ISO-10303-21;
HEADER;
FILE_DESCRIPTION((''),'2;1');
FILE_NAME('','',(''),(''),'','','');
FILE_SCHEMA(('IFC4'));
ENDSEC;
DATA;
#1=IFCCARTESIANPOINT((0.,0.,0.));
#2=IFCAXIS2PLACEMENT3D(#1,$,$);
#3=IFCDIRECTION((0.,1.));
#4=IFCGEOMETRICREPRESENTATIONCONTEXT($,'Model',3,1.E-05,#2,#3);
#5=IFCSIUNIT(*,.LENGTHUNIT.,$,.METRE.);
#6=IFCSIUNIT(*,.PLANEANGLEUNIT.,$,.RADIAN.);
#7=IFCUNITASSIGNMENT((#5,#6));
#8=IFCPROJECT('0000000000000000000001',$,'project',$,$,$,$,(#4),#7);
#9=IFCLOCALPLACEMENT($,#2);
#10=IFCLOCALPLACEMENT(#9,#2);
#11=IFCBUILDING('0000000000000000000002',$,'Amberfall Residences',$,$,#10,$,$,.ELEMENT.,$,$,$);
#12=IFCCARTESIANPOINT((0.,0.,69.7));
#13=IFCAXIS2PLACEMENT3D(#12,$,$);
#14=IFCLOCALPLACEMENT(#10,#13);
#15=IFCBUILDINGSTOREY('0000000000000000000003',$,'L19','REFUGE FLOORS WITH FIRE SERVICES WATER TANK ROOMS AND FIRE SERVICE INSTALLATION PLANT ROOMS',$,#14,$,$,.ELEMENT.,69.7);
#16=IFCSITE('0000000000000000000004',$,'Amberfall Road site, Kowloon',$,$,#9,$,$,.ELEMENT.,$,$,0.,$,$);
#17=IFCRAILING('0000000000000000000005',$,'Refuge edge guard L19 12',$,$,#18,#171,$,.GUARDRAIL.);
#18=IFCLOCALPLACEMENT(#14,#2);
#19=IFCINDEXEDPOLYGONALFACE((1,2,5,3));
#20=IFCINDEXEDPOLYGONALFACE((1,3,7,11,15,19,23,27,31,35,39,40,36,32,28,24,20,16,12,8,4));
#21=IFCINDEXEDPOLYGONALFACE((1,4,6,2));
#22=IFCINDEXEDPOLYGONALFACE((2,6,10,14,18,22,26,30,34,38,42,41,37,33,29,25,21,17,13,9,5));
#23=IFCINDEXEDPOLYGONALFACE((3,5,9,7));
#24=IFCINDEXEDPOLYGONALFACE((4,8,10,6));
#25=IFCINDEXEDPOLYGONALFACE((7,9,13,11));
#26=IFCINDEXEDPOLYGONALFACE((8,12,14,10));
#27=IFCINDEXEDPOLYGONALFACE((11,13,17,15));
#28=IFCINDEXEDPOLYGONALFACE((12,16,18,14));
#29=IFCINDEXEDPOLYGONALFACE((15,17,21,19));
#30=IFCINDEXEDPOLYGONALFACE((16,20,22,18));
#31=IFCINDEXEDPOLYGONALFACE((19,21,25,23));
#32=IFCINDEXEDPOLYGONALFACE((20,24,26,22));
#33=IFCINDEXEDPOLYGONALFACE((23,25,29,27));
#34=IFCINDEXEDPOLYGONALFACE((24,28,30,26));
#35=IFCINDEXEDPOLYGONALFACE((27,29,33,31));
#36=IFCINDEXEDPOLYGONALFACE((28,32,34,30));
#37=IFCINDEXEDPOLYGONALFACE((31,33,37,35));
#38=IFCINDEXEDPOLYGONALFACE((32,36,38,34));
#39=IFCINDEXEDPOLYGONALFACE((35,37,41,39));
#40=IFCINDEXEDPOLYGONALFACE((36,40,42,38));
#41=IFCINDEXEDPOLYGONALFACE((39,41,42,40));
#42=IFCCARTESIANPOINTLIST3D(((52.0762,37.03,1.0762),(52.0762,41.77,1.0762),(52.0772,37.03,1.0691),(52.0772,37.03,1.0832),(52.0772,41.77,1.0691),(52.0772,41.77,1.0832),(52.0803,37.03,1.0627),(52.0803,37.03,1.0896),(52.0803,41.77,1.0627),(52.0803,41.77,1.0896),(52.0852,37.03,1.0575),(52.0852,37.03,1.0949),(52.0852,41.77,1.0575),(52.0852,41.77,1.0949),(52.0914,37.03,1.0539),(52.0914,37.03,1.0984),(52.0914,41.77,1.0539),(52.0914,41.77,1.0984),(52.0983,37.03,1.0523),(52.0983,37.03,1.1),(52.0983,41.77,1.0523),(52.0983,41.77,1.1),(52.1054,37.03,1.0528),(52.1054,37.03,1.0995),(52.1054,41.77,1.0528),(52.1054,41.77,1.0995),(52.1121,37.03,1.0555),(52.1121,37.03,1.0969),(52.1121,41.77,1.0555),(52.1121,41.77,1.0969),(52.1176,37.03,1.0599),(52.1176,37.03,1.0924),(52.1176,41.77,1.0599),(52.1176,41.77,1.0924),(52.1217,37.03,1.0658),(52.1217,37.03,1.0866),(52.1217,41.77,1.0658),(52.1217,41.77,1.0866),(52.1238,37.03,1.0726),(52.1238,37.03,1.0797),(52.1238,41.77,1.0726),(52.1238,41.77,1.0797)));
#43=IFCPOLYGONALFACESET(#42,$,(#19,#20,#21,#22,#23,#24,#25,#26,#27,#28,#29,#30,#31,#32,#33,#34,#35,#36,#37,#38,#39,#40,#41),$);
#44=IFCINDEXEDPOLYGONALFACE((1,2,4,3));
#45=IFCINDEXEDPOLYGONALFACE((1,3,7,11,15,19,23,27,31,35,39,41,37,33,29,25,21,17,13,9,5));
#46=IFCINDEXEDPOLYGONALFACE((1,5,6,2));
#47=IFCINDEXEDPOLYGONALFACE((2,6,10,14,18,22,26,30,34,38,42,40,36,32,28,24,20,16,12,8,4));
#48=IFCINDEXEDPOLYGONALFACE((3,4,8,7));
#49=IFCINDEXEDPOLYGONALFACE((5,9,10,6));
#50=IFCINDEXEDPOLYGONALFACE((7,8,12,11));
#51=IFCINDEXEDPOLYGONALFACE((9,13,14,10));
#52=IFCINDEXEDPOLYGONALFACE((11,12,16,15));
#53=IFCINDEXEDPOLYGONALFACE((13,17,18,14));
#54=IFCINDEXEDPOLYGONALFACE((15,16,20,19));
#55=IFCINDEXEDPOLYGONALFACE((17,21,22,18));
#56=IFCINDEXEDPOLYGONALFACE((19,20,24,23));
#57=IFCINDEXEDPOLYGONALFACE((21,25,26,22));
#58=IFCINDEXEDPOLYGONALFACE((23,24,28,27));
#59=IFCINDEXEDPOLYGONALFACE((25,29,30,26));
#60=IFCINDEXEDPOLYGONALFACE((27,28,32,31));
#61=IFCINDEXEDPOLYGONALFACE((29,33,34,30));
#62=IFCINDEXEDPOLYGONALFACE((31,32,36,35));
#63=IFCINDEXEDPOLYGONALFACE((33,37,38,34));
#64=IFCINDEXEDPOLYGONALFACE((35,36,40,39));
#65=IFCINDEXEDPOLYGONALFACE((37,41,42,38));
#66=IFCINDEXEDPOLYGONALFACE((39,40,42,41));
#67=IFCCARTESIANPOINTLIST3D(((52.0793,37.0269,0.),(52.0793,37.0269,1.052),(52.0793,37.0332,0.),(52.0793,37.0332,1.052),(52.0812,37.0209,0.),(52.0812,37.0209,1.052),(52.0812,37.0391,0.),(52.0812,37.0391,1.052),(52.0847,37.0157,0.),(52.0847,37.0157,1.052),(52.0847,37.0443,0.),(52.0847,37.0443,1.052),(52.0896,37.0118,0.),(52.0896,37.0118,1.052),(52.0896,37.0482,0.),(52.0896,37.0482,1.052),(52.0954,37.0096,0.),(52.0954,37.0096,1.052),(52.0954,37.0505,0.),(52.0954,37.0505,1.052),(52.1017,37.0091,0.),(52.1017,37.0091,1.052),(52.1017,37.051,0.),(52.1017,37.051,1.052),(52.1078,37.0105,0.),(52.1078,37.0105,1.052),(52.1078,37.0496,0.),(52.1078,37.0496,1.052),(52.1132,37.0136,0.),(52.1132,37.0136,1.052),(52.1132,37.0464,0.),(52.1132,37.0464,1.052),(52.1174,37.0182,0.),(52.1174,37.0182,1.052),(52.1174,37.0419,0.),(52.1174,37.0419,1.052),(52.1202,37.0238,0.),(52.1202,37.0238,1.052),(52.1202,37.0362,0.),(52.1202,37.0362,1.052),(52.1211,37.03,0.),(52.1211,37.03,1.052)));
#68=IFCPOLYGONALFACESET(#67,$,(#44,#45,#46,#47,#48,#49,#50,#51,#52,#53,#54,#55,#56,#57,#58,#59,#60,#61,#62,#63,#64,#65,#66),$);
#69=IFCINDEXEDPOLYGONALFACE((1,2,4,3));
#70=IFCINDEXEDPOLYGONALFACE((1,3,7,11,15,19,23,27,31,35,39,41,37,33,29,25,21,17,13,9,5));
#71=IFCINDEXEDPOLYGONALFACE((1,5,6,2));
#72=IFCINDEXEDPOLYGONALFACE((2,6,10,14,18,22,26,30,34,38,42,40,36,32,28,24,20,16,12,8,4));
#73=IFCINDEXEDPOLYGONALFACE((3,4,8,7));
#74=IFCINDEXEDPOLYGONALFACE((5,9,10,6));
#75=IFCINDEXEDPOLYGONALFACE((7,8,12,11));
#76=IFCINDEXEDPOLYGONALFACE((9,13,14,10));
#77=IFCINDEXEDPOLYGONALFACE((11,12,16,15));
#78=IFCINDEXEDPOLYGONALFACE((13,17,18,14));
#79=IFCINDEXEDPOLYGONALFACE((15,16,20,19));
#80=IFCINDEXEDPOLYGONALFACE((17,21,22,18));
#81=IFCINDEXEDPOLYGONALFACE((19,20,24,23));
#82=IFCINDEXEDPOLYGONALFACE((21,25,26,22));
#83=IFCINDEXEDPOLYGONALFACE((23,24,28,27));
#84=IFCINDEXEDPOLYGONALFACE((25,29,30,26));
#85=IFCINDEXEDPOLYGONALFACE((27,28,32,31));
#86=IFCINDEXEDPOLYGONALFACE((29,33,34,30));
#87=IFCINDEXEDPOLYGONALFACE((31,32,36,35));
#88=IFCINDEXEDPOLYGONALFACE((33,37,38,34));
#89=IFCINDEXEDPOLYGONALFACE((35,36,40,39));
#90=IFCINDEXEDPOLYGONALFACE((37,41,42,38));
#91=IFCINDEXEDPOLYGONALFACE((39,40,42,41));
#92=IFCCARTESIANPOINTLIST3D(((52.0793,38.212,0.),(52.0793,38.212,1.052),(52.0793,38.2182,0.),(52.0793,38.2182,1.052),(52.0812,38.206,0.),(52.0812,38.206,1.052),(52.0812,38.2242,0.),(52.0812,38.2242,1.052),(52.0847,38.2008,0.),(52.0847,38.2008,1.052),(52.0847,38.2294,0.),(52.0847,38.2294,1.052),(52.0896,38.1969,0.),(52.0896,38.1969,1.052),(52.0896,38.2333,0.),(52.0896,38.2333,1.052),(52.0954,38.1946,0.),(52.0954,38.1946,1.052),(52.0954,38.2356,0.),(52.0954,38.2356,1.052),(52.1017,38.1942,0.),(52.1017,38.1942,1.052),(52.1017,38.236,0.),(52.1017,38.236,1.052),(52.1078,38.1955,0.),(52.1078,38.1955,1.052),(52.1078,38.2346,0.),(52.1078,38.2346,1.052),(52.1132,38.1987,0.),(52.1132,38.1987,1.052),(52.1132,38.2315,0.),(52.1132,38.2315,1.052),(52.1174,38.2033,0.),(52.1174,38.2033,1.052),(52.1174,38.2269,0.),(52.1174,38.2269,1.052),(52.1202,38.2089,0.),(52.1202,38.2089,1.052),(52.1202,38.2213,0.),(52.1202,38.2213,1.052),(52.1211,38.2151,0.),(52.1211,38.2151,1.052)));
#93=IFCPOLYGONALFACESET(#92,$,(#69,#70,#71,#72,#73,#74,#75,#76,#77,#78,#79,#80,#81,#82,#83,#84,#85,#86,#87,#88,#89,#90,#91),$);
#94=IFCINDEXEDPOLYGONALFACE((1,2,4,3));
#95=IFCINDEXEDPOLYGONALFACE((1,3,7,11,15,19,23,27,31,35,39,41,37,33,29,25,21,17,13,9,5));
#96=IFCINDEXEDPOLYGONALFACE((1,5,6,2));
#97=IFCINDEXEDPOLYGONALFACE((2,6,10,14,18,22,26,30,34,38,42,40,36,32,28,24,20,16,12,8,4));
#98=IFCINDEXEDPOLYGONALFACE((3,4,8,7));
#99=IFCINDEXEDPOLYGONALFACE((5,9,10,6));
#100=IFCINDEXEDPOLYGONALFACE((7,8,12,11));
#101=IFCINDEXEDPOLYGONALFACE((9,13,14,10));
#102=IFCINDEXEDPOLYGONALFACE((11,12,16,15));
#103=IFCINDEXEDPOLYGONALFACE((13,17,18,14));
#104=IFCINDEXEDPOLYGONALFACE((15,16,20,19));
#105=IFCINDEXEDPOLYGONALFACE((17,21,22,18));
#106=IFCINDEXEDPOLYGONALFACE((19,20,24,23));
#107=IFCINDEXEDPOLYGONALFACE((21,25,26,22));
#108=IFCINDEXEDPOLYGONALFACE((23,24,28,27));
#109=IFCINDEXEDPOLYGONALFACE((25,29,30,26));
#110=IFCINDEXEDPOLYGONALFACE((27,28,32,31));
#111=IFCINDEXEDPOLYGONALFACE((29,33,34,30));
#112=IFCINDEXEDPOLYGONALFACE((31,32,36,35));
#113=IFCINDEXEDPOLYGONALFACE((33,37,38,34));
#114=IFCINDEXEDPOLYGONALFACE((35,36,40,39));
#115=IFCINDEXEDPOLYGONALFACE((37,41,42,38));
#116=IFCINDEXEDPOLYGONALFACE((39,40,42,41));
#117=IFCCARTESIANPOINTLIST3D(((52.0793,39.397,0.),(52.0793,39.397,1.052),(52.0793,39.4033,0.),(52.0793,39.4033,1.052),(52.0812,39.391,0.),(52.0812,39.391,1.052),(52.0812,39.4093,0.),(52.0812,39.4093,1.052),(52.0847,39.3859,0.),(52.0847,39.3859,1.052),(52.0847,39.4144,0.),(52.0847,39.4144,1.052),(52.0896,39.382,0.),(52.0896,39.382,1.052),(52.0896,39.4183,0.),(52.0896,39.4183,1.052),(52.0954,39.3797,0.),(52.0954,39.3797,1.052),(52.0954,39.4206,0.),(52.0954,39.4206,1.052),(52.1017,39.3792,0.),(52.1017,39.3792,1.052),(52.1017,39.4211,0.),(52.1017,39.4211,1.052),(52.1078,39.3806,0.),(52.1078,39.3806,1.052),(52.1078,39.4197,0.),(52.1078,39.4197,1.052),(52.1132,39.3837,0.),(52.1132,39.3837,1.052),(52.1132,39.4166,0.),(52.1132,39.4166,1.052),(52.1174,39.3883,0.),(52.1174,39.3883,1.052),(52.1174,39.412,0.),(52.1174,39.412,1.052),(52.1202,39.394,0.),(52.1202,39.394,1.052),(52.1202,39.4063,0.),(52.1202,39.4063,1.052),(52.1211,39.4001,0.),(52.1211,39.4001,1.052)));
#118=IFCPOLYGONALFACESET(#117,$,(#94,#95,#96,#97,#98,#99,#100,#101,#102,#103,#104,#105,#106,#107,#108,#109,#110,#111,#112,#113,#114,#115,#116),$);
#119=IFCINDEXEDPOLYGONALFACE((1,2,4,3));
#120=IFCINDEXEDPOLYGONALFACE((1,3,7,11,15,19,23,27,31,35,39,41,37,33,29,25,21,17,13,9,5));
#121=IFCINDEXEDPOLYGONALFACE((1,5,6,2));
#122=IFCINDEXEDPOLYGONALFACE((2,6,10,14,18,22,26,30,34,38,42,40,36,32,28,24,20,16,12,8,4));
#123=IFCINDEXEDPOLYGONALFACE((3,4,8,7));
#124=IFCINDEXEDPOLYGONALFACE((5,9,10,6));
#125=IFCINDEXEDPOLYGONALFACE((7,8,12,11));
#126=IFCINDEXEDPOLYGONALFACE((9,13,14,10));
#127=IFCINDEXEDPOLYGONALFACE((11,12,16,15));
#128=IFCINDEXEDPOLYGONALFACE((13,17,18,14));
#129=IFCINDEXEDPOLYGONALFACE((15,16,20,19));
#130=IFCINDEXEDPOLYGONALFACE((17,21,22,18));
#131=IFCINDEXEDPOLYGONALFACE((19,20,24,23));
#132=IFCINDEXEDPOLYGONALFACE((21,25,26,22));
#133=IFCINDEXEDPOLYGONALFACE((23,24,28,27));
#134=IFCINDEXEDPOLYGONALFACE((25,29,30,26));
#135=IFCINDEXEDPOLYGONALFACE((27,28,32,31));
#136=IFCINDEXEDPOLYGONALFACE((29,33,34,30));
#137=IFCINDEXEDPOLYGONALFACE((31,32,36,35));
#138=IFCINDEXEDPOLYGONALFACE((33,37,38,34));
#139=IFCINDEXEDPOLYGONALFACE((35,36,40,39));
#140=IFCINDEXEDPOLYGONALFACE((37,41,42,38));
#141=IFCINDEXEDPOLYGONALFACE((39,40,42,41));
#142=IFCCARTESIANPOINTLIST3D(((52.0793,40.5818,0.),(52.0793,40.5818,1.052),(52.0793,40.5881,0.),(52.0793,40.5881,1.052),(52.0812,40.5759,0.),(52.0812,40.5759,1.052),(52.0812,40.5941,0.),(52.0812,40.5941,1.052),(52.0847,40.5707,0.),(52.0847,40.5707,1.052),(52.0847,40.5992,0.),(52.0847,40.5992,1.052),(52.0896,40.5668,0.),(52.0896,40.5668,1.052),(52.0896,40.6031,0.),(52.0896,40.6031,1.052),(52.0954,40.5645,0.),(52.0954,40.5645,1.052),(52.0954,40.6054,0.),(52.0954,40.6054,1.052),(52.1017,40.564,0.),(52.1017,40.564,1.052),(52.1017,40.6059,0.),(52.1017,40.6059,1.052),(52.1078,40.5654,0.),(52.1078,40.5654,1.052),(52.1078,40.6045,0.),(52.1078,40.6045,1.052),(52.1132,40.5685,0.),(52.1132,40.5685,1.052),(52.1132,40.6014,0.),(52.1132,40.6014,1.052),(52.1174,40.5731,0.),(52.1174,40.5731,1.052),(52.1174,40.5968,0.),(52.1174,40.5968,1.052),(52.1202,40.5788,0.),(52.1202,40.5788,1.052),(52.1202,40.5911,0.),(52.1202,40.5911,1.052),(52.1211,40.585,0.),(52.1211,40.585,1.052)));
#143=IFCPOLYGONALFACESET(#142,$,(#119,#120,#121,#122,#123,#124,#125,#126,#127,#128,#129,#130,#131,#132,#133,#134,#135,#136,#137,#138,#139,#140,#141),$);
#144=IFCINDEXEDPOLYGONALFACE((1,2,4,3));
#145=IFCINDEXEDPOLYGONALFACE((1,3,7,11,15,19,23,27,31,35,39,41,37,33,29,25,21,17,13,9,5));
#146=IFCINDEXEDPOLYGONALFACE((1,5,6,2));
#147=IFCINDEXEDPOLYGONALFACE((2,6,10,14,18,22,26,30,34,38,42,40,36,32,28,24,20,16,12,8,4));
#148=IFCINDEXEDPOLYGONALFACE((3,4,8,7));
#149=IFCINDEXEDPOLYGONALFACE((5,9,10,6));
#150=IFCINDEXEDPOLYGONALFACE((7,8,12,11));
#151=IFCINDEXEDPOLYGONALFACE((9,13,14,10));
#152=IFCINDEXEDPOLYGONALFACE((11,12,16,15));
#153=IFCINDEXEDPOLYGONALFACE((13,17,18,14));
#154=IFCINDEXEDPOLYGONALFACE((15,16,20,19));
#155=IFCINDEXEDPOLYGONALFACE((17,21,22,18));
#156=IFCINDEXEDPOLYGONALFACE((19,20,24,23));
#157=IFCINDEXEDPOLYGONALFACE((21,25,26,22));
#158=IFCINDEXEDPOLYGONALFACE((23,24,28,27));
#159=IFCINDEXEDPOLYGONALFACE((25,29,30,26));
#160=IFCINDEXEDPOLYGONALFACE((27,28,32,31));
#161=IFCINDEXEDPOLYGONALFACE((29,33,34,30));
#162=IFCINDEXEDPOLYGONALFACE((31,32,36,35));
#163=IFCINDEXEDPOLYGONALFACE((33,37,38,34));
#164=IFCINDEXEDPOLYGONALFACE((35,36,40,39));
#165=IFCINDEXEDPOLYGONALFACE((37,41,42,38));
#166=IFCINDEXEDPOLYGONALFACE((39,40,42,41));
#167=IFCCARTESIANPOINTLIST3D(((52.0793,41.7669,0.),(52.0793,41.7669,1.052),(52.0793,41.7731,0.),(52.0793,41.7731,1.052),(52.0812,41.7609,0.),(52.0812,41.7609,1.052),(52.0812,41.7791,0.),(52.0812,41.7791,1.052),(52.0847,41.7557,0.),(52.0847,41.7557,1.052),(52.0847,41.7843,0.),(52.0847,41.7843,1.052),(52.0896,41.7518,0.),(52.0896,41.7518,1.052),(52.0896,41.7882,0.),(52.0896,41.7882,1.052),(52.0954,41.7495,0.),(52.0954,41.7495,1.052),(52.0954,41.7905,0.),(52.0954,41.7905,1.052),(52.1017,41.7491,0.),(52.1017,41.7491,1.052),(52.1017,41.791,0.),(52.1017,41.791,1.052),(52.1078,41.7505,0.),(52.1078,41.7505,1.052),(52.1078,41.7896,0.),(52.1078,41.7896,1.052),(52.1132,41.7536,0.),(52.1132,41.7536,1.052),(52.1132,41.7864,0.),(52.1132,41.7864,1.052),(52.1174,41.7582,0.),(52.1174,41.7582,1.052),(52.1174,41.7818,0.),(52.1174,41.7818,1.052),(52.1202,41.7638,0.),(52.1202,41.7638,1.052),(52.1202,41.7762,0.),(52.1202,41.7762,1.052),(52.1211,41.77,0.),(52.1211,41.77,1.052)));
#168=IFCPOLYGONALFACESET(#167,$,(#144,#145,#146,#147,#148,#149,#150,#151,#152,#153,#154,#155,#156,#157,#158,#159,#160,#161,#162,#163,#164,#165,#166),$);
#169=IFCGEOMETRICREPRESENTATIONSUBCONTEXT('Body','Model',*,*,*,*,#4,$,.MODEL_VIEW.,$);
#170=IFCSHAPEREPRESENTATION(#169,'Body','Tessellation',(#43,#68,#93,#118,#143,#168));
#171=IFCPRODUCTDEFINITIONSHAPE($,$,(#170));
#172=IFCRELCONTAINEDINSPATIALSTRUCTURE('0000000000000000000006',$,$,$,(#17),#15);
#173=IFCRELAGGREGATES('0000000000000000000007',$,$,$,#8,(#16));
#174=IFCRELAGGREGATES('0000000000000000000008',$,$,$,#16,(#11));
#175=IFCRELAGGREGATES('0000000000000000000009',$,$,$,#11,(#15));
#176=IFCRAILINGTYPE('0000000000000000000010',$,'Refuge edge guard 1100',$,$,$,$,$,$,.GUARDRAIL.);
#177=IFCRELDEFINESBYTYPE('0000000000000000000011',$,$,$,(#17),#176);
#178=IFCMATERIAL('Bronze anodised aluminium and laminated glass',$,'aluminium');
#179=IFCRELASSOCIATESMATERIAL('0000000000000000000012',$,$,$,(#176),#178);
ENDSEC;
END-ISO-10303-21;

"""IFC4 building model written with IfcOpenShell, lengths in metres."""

from ifc_helpers import new_model, si_unit, direction, frame, origin, origin_2d, place, context, subcontext, project, spatial, circle, extrude, material, type_object, element, save


model = new_model("IFC4")

# Units and contexts
model_context = context("Model", 3, precision=1e-05, world=origin(), true_north=direction((0.0, 1.0)))
body_context = subcontext(model_context, "Body", "Model", "MODEL_VIEW")
ifc_project = project(units=[si_unit("LENGTHUNIT", "METRE"), si_unit("PLANEANGLEUNIT", "RADIAN")], contexts=[model_context])

# Site, building, storey
site_placement = place(None, origin())
site = spatial("IfcSite", under=ifc_project, at=site_placement, Name="Amberfall Road site, Kowloon", CompositionType="ELEMENT", RefElevation=0.0)
building_placement = place(site_placement, origin())
building = spatial("IfcBuilding", under=site, at=building_placement, Name="Amberfall Residences", CompositionType="ELEMENT")
storey_placement = place(building_placement, frame((0.0, 0.0, 69.7)))
storey = spatial("IfcBuildingStorey", under=building, at=storey_placement, Name="L19", Description="REFUGE FLOORS WITH FIRE SERVICES WATER TANK ROOMS AND FIRE SERVICE INSTALLATION PLANT ROOMS", CompositionType="ELEMENT", Elevation=69.7)

# Railing
ifc_material_1 = material(Name="Bronze anodised aluminium and laminated glass", Category="aluminium")
railing_type = type_object("IfcRailingType", Name="Refuge edge guard 1100", PredefinedType="GUARDRAIL", material=ifc_material_1)
for number, where, name in (
    (1, (52.1001, 37.03, 0.0), "Refuge edge guard L19 12"),
):
    element("IfcRailing", number, at=place(storey_placement, frame(where)), inside=storey, type_object=railing_type, Name=name, PredefinedType="GUARDRAIL", context=body_context, shape_type="SweptSolid", body=[
        extrude(circle(Radius=0.0239, at=origin_2d()), frame((0.0, 0.0, 1.0762), z_axis=(0.0, 1.0, 0.0), x_axis=(-1.0, 0.0, 0.0)), (0.0, 0.0, 1.0), 4.74),
        extrude(circle(Radius=0.021, at=origin_2d()), origin(), (0.0, 0.0, 1.0), 1.052),
        extrude(circle(Radius=0.021, at=origin_2d()), frame((0.0, 1.1851, 0.0)), (0.0, 0.0, 1.0), 1.052),
        extrude(circle(Radius=0.021, at=origin_2d()), frame((0.0, 2.3701, 0.0)), (0.0, 0.0, 1.0), 1.052),
        extrude(circle(Radius=0.021, at=origin_2d()), frame((0.0, 3.5549, 0.0)), (0.0, 0.0, 1.0), 1.052),
        extrude(circle(Radius=0.021, at=origin_2d()), frame((0.0, 4.74, 0.0)), (0.0, 0.0, 1.0), 1.052),
    ])

save(model, "model.ifc")
